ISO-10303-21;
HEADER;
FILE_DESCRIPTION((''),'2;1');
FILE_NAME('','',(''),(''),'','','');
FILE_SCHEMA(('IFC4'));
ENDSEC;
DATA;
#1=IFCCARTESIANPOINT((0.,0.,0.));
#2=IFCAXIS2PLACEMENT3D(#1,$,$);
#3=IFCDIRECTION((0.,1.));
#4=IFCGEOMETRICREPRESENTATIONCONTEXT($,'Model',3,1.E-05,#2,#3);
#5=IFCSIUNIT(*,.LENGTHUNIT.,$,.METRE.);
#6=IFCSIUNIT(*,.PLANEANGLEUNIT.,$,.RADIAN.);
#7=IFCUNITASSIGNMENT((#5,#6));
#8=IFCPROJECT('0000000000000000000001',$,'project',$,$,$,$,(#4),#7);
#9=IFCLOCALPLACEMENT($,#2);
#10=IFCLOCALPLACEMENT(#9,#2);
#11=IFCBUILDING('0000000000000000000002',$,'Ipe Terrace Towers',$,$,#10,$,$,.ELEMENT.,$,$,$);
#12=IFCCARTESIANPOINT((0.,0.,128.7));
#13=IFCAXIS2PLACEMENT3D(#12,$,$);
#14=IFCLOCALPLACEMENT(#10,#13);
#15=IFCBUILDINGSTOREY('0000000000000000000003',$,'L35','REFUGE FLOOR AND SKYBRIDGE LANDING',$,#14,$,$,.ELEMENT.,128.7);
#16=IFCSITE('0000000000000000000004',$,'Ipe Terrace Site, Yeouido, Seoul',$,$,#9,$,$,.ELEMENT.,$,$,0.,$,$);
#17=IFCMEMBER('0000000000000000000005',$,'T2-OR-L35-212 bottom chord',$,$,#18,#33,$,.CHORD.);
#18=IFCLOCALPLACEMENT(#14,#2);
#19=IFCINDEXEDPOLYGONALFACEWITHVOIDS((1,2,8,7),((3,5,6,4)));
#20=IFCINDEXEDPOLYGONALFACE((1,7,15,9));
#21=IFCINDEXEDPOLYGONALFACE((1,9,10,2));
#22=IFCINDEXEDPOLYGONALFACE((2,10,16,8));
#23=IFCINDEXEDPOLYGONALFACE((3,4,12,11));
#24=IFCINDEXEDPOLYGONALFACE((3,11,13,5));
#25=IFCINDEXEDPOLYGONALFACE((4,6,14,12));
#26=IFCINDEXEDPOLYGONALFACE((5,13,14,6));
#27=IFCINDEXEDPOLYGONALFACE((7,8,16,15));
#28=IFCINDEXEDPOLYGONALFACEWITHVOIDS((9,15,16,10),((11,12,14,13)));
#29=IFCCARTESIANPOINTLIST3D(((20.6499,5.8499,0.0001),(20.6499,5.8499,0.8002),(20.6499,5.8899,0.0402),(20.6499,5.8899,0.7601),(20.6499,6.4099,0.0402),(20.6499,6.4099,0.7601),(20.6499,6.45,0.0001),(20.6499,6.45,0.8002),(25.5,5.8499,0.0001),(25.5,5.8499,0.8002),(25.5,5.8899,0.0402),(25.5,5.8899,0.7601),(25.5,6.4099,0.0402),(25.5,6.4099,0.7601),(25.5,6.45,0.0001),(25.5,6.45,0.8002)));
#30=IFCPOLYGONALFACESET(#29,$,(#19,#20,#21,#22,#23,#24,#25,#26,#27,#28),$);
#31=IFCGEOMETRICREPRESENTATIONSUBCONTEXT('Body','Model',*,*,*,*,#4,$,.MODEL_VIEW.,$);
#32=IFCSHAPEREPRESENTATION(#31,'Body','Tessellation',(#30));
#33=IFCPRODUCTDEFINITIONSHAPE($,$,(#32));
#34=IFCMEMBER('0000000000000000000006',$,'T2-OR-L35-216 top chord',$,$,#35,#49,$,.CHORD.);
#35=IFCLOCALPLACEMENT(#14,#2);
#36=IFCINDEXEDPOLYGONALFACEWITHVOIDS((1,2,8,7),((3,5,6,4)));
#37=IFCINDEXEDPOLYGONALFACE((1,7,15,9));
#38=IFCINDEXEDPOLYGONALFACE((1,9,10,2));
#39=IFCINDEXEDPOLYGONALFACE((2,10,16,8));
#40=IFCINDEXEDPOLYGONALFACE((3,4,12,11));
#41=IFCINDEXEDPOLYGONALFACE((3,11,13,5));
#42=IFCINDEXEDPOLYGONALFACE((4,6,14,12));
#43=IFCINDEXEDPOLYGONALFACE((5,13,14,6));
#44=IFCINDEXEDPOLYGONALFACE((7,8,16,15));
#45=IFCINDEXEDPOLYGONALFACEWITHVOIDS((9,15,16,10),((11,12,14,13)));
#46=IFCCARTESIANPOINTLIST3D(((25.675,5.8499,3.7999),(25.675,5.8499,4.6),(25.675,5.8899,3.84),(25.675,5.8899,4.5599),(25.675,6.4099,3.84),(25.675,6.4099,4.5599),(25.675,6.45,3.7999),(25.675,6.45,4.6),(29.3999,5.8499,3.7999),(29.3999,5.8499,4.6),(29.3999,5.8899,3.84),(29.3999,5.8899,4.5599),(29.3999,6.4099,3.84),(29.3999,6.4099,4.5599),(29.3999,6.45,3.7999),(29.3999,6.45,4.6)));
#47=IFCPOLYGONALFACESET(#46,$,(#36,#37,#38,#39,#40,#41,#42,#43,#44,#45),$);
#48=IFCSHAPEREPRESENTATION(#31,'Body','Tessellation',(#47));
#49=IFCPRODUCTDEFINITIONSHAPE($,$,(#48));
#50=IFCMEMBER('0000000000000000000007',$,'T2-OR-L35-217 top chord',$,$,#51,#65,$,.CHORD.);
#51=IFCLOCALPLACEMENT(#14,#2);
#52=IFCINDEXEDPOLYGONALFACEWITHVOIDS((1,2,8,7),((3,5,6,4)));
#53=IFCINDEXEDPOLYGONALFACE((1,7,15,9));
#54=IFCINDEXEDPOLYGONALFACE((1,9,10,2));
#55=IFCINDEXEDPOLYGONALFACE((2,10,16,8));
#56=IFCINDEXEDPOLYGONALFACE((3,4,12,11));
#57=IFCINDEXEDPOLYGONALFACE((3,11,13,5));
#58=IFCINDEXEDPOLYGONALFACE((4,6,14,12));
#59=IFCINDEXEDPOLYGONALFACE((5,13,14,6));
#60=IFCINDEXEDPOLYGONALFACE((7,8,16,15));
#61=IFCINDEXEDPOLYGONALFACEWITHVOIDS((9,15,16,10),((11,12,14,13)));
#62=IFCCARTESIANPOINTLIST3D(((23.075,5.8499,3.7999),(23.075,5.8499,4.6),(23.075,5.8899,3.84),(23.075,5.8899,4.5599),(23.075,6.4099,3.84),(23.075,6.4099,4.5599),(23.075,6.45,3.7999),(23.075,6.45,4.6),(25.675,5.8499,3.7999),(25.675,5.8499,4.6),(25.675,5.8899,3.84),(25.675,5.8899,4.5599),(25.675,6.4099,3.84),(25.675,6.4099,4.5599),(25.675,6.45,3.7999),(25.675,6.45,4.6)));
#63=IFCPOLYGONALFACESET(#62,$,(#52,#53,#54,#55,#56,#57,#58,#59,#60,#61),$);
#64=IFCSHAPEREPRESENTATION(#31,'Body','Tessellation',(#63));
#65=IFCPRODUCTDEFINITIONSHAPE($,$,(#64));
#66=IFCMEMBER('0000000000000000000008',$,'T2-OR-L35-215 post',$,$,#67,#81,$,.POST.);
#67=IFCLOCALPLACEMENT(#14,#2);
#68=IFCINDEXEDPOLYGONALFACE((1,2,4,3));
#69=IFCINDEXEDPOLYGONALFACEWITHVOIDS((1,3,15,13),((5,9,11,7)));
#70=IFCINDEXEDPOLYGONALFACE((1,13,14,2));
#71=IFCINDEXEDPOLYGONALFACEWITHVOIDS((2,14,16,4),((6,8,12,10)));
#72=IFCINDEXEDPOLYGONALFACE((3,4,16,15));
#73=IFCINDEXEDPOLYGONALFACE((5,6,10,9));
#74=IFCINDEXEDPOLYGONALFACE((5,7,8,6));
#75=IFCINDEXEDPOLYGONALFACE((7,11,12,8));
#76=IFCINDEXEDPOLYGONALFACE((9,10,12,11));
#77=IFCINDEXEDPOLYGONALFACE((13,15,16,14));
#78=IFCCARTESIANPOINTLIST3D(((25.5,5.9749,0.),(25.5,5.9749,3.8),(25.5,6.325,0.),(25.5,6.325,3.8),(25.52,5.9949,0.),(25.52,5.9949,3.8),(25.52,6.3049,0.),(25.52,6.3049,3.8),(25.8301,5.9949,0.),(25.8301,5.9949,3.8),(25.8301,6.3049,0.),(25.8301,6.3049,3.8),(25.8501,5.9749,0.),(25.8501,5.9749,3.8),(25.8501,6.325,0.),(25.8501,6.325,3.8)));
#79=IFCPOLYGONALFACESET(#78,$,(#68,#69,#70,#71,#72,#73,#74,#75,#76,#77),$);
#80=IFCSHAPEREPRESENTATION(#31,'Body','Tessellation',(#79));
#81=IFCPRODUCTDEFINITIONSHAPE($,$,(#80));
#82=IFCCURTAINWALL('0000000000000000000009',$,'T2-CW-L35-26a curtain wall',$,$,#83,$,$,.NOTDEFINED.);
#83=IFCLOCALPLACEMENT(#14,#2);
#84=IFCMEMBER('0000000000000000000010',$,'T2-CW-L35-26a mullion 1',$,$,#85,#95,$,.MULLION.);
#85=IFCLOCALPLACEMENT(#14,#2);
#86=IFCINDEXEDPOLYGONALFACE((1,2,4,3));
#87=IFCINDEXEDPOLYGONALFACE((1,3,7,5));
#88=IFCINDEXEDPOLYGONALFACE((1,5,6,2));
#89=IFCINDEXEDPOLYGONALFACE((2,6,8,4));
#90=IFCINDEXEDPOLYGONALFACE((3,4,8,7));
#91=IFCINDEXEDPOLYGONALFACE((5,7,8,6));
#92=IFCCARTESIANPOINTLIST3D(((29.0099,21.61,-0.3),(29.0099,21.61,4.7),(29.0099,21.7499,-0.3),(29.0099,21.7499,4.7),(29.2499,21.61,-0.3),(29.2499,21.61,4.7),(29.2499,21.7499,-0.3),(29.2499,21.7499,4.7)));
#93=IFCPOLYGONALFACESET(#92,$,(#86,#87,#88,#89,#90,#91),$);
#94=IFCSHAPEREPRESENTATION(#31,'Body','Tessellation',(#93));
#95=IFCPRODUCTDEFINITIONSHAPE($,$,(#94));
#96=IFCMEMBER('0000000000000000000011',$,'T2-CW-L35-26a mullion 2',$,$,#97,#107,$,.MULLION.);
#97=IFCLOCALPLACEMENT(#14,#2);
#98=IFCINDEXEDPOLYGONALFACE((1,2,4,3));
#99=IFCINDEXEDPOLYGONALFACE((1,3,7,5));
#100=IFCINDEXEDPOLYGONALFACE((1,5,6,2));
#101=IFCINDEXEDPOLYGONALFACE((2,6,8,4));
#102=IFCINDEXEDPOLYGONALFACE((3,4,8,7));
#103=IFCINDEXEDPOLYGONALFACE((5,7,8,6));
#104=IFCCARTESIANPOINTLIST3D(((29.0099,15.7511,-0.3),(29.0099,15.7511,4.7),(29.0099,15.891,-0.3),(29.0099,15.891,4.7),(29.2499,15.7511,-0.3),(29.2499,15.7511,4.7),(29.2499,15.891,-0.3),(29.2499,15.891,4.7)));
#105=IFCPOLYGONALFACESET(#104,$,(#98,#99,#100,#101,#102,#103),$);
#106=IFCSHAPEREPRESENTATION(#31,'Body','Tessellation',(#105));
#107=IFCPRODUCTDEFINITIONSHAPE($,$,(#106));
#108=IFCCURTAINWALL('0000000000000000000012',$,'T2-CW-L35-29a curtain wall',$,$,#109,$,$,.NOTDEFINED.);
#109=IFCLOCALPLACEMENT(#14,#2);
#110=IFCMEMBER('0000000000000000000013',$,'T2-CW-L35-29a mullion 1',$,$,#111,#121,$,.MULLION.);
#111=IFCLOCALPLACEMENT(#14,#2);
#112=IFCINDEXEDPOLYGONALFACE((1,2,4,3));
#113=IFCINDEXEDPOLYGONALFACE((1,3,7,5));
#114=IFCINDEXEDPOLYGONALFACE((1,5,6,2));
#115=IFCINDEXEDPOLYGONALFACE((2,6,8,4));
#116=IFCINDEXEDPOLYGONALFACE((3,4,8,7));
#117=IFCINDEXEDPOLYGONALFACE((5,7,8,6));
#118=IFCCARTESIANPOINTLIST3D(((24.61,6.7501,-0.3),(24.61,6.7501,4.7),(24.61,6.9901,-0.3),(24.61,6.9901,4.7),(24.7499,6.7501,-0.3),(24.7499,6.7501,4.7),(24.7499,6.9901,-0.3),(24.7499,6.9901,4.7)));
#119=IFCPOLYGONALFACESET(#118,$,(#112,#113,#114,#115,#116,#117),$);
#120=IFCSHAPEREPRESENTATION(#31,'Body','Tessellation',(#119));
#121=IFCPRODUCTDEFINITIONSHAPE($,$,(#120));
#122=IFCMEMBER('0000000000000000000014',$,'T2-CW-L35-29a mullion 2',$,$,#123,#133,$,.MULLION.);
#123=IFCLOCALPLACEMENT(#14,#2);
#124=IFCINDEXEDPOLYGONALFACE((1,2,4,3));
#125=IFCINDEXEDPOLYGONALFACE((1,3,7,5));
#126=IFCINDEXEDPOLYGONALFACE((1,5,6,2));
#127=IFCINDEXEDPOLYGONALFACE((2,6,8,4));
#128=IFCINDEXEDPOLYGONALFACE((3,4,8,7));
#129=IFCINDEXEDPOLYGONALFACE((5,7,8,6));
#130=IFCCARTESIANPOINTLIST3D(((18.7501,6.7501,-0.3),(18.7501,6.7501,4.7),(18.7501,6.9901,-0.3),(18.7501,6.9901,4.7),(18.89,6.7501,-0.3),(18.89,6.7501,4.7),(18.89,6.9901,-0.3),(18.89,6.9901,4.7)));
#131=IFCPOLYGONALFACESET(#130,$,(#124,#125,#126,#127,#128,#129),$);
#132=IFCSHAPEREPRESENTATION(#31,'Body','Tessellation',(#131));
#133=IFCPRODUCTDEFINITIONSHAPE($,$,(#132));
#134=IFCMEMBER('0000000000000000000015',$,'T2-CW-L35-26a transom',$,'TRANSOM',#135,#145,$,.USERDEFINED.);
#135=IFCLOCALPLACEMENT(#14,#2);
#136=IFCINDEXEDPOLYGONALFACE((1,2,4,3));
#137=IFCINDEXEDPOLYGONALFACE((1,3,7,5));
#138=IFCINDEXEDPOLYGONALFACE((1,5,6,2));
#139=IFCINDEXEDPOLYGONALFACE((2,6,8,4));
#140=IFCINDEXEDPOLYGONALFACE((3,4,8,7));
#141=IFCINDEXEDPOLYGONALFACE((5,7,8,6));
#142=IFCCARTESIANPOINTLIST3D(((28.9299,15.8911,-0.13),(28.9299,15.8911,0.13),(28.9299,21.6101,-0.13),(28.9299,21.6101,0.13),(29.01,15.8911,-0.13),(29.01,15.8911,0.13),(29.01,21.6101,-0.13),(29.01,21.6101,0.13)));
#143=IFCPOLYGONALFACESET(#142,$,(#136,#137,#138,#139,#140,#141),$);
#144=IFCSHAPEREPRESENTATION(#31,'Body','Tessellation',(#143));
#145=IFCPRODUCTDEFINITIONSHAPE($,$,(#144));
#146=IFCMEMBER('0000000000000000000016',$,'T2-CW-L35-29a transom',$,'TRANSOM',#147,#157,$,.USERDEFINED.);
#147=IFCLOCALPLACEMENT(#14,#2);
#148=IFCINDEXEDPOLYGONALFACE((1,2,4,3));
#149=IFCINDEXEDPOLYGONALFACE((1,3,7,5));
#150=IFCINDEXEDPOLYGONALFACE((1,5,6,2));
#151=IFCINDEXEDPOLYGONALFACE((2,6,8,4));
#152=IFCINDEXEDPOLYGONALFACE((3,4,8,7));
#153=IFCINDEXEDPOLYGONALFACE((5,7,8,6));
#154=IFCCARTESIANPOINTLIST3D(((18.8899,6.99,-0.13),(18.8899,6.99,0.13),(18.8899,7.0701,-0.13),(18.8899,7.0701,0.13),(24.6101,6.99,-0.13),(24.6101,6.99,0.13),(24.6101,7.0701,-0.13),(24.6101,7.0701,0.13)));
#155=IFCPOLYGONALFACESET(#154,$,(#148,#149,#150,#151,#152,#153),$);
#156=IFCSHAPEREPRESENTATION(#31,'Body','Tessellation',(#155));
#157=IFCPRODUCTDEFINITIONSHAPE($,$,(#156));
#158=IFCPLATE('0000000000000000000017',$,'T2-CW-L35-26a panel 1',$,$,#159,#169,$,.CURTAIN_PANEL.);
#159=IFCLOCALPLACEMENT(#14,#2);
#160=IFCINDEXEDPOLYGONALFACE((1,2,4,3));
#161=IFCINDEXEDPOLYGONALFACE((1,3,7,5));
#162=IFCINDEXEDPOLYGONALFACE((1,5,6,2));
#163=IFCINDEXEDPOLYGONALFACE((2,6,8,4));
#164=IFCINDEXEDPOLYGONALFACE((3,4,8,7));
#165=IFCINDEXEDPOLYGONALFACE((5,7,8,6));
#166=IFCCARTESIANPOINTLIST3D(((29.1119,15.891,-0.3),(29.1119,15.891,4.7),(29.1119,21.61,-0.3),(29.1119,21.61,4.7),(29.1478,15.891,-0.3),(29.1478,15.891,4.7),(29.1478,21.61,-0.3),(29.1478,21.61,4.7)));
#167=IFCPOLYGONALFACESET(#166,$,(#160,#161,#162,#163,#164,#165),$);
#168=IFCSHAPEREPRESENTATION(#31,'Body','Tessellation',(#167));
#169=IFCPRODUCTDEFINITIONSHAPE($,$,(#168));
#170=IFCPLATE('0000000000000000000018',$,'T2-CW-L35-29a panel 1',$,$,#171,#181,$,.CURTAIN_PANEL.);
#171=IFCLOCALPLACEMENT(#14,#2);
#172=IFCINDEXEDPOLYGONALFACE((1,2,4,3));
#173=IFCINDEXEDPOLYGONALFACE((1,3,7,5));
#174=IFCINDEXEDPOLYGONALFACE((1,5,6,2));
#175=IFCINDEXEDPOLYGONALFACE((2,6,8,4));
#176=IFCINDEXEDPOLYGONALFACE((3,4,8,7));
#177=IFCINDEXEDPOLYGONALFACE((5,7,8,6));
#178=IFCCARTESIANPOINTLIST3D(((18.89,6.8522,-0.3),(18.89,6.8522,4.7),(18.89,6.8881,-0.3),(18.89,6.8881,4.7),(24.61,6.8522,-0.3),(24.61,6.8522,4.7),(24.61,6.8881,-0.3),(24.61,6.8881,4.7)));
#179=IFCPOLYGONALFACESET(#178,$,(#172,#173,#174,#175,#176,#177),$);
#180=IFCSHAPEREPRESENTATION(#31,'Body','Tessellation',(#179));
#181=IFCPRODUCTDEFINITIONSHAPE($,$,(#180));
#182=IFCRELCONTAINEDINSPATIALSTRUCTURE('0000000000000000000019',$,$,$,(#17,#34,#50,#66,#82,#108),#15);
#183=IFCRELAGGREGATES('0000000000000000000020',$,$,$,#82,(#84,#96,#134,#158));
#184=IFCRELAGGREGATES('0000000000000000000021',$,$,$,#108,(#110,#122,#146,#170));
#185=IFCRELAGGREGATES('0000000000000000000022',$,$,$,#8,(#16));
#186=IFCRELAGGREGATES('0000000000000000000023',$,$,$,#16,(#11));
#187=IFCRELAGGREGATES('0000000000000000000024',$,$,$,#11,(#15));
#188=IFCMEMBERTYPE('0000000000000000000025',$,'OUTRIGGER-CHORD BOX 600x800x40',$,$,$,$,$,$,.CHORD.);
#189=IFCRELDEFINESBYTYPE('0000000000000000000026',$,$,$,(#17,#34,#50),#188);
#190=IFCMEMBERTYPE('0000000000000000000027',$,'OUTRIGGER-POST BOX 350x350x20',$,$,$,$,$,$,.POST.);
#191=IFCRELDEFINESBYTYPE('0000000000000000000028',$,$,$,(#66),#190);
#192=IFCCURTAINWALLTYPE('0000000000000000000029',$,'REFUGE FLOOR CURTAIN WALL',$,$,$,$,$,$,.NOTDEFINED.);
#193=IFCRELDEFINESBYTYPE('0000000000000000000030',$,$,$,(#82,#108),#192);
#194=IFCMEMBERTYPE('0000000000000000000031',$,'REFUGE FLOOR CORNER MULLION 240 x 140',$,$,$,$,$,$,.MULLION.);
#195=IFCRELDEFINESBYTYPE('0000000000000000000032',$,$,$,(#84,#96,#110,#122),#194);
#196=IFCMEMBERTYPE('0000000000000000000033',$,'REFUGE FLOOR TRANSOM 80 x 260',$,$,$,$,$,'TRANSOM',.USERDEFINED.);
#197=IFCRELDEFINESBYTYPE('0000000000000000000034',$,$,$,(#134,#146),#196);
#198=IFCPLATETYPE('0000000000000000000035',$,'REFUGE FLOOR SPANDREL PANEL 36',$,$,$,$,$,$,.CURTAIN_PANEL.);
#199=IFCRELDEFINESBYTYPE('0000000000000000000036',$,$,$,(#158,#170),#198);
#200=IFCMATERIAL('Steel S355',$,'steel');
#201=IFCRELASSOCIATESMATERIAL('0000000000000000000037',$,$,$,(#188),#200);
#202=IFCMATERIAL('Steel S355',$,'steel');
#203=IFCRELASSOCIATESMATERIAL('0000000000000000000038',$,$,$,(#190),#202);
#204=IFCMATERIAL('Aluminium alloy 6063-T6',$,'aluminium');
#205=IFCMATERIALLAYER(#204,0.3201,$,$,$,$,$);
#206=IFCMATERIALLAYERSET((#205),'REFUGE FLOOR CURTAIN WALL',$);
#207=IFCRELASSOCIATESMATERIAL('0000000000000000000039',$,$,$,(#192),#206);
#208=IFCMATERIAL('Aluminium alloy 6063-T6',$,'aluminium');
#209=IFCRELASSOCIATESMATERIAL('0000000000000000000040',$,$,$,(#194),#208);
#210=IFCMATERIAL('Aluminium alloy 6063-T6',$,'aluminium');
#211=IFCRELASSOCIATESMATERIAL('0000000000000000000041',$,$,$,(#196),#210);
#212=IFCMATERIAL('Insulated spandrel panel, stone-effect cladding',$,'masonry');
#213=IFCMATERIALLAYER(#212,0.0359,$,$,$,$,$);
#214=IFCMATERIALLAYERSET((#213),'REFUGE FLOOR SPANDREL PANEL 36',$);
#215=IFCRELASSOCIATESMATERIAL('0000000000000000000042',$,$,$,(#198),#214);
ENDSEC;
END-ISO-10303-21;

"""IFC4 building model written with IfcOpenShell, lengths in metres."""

from ifc_helpers import new_model, si_unit, direction, frame, origin, origin_2d, place, context, subcontext, project, spatial, rectangle, hollow_rectangle, extrude, material, layer, layer_set, material_profile, profile_set, type_object, element, aggregate, save


model = new_model("IFC4")

# Units and contexts
model_context = context("Model", 3, precision=1e-05, world=origin(), true_north=direction((0.0, 1.0)))
body_context = subcontext(model_context, "Body", "Model", "MODEL_VIEW")
ifc_project = project(units=[si_unit("LENGTHUNIT", "METRE"), si_unit("PLANEANGLEUNIT", "RADIAN")], contexts=[model_context])

# Site, building, storey
site_placement = place(None, origin())
site = spatial("IfcSite", under=ifc_project, at=site_placement, Name="Ipe Terrace Site, Yeouido, Seoul", CompositionType="ELEMENT", RefElevation=0.0)
building_placement = place(site_placement, origin())
building = spatial("IfcBuilding", under=site, at=building_placement, Name="Ipe Terrace Towers", CompositionType="ELEMENT")
storey_placement = place(building_placement, frame((0.0, 0.0, 128.7)))
storey = spatial("IfcBuildingStorey", under=building, at=storey_placement, Name="L35", Description="REFUGE FLOOR AND SKYBRIDGE LANDING", CompositionType="ELEMENT", Elevation=128.7)

# Members
ifc_material_1 = material(Name="Steel S355", Category="steel")
ifc_material_profile_1 = material_profile(ifc_material_1, hollow_rectangle(XDim=0.6001, YDim=0.8, WallThickness=0.04, at=origin_2d()), Name="OUTRIGGER-CHORD BOX 600x800x40")
ifc_profile_set_1 = profile_set([ifc_material_profile_1], Name="Steel S355")
member_type_1 = type_object("IfcMemberType", Name="OUTRIGGER-CHORD BOX 600x800x40", PredefinedType="CHORD", material=ifc_profile_set_1)
member_1_placement = place(storey_placement, frame((25.5, 6.1499, 0.4001), z_axis=(-1.0, 0.0, 0.0), x_axis=(0.0, -1.0, 0.0)))
element("IfcMember", 1, at=member_1_placement, inside=storey, type_object=member_type_1, Name="T2-OR-L35-212 bottom chord", PredefinedType="CHORD", context=body_context, shape_type="SweptSolid", body=[
    extrude(hollow_rectangle(XDim=0.6001, YDim=0.8, WallThickness=0.04, at=origin_2d()), origin(), (0.0, 0.0, 1.0), 4.8501),
])
member_2_placement = place(storey_placement, frame((29.3999, 6.1499, 4.2), z_axis=(-1.0, 0.0, 0.0), x_axis=(0.0, -1.0, 0.0)))
element("IfcMember", 2, at=member_2_placement, inside=storey, type_object=member_type_1, Name="T2-OR-L35-216 top chord", PredefinedType="CHORD", context=body_context, shape_type="SweptSolid", body=[
    extrude(hollow_rectangle(XDim=0.6001, YDim=0.8, WallThickness=0.04, at=origin_2d()), origin(), (0.0, 0.0, 1.0), 3.7249),
])
member_3_placement = place(storey_placement, frame((25.675, 6.1499, 4.2), z_axis=(-1.0, 0.0, 0.0), x_axis=(0.0, -1.0, 0.0)))
element("IfcMember", 3, at=member_3_placement, inside=storey, type_object=member_type_1, Name="T2-OR-L35-217 top chord", PredefinedType="CHORD", context=body_context, shape_type="SweptSolid", body=[
    extrude(hollow_rectangle(XDim=0.6001, YDim=0.8, WallThickness=0.04, at=origin_2d()), origin(), (0.0, 0.0, 1.0), 2.6001),
])
ifc_material_2 = material(Name="Steel S355", Category="steel")
ifc_material_profile_2 = material_profile(ifc_material_2, hollow_rectangle(XDim=0.3501, YDim=0.3501, WallThickness=0.02, at=origin_2d()), Name="OUTRIGGER-POST BOX 350x350x20")
ifc_profile_set_2 = profile_set([ifc_material_profile_2], Name="Steel S355")
member_type_2 = type_object("IfcMemberType", Name="OUTRIGGER-POST BOX 350x350x20", PredefinedType="POST", material=ifc_profile_set_2)
member_4_placement = place(storey_placement, frame((25.675, 6.1499, 0.0), z_axis=(0.0, 0.0, 1.0), x_axis=(1.0, 0.0, 0.0)))
element("IfcMember", 4, at=member_4_placement, inside=storey, type_object=member_type_2, Name="T2-OR-L35-215 post", PredefinedType="POST", context=body_context, shape_type="SweptSolid", body=[
    extrude(hollow_rectangle(XDim=0.3501, YDim=0.3501, WallThickness=0.02, at=origin_2d()), origin(), (0.0, 0.0, 1.0), 3.8),
])

# Curtain walls, members
ifc_material_3 = material(Name="Aluminium alloy 6063-T6", Category="aluminium")
ifc_layer_1 = layer(ifc_material_3, 0.3201)
ifc_layer_set_1 = layer_set([ifc_layer_1], Name="REFUGE FLOOR CURTAIN WALL")
curtain_wall_type = type_object("IfcCurtainWallType", Name="REFUGE FLOOR CURTAIN WALL", PredefinedType="NOTDEFINED", material=ifc_layer_set_1)
curtain_wall_1_placement = place(storey_placement, origin())
curtain_wall_1 = element("IfcCurtainWall", 5, at=curtain_wall_1_placement, inside=storey, type_object=curtain_wall_type, Name="T2-CW-L35-26a curtain wall", PredefinedType="NOTDEFINED")
ifc_material_4 = material(Name="Aluminium alloy 6063-T6", Category="aluminium")
ifc_material_profile_3 = material_profile(ifc_material_4, rectangle(XDim=0.24, YDim=0.1399, at=origin_2d()), Name="REFUGE FLOOR CORNER MULLION 240 x 140")
ifc_profile_set_3 = profile_set([ifc_material_profile_3], Name="Aluminium alloy 6063-T6")
member_type_3 = type_object("IfcMemberType", Name="REFUGE FLOOR CORNER MULLION 240 x 140", PredefinedType="MULLION", material=ifc_profile_set_3)
member_5_placement = place(storey_placement, frame((29.1299, 21.6799, -0.3), z_axis=(0.0, 0.0, 1.0), x_axis=(-1.0, 0.0, 0.0)))
member_5 = element("IfcMember", 6, at=member_5_placement, type_object=member_type_3, Name="T2-CW-L35-26a mullion 1", PredefinedType="MULLION", context=body_context, shape_type="SweptSolid", body=[
    extrude(rectangle(XDim=0.24, YDim=0.1399, at=origin_2d()), origin(), (0.0, 0.0, 1.0), 5.0),
])
member_6_placement = place(storey_placement, frame((29.1299, 15.821, -0.3), z_axis=(0.0, 0.0, 1.0), x_axis=(-1.0, 0.0, 0.0)))
member_6 = element("IfcMember", 7, at=member_6_placement, type_object=member_type_3, Name="T2-CW-L35-26a mullion 2", PredefinedType="MULLION", context=body_context, shape_type="SweptSolid", body=[
    extrude(rectangle(XDim=0.24, YDim=0.1399, at=origin_2d()), origin(), (0.0, 0.0, 1.0), 5.0),
])
curtain_wall_2_placement = place(storey_placement, origin())
curtain_wall_2 = element("IfcCurtainWall", 8, at=curtain_wall_2_placement, inside=storey, type_object=curtain_wall_type, Name="T2-CW-L35-29a curtain wall", PredefinedType="NOTDEFINED")
member_7_placement = place(storey_placement, frame((24.6799, 6.8701, -0.3), z_axis=(0.0, 0.0, 1.0), x_axis=(0.0, 1.0, 0.0)))
member_7 = element("IfcMember", 9, at=member_7_placement, type_object=member_type_3, Name="T2-CW-L35-29a mullion 1", PredefinedType="MULLION", context=body_context, shape_type="SweptSolid", body=[
    extrude(rectangle(XDim=0.24, YDim=0.1399, at=origin_2d()), origin(), (0.0, 0.0, 1.0), 5.0),
])
member_8_placement = place(storey_placement, frame((18.8201, 6.8701, -0.3), z_axis=(0.0, 0.0, 1.0), x_axis=(0.0, 1.0, 0.0)))
member_8 = element("IfcMember", 10, at=member_8_placement, type_object=member_type_3, Name="T2-CW-L35-29a mullion 2", PredefinedType="MULLION", context=body_context, shape_type="SweptSolid", body=[
    extrude(rectangle(XDim=0.24, YDim=0.1399, at=origin_2d()), origin(), (0.0, 0.0, 1.0), 5.0),
])

# Members
ifc_material_5 = material(Name="Aluminium alloy 6063-T6", Category="aluminium")
ifc_material_profile_4 = material_profile(ifc_material_5, rectangle(XDim=0.0801, YDim=0.26, at=origin_2d()), Name="REFUGE FLOOR TRANSOM 80 x 260")
ifc_profile_set_4 = profile_set([ifc_material_profile_4], Name="Aluminium alloy 6063-T6")
member_type_4 = type_object("IfcMemberType", Name="REFUGE FLOOR TRANSOM 80 x 260", ElementType="TRANSOM", PredefinedType="USERDEFINED", material=ifc_profile_set_4)
member_9_placement = place(storey_placement, frame((28.97, 21.6101, 0.0), z_axis=(0.0, -1.0, 0.0), x_axis=(-1.0, 0.0, 0.0)))
member_9 = element("IfcMember", 11, at=member_9_placement, type_object=member_type_4, Name="T2-CW-L35-26a transom", ObjectType="TRANSOM", PredefinedType="USERDEFINED", context=body_context, shape_type="SweptSolid", body=[
    extrude(rectangle(XDim=0.0801, YDim=0.26, at=origin_2d()), origin(), (0.0, 0.0, 1.0), 5.719),
])
member_10_placement = place(storey_placement, frame((24.6101, 7.03, 0.0), z_axis=(-1.0, 0.0, 0.0), x_axis=(0.0, 1.0, 0.0)))
member_10 = element("IfcMember", 12, at=member_10_placement, type_object=member_type_4, Name="T2-CW-L35-29a transom", ObjectType="TRANSOM", PredefinedType="USERDEFINED", context=body_context, shape_type="SweptSolid", body=[
    extrude(rectangle(XDim=0.0801, YDim=0.26, at=origin_2d()), origin(), (0.0, 0.0, 1.0), 5.7202),
])

# Plates
ifc_material_6 = material(Name="Insulated spandrel panel, stone-effect cladding", Category="masonry")
ifc_layer_2 = layer(ifc_material_6, 0.0359)
ifc_layer_set_2 = layer_set([ifc_layer_2], Name="REFUGE FLOOR SPANDREL PANEL 36")
plate_type = type_object("IfcPlateType", Name="REFUGE FLOOR SPANDREL PANEL 36", PredefinedType="CURTAIN_PANEL", material=ifc_layer_set_2)
plate_1_placement = place(storey_placement, frame((29.1299, 18.7505, -0.3), z_axis=(0.0, 0.0, 1.0), x_axis=(0.0, -1.0, 0.0)))
plate_1 = element("IfcPlate", 13, at=plate_1_placement, type_object=plate_type, Name="T2-CW-L35-26a panel 1", PredefinedType="CURTAIN_PANEL", context=body_context, shape_type="SweptSolid", body=[
    extrude(rectangle(XDim=5.719, YDim=0.0359, at=origin_2d()), origin(), (0.0, 0.0, 1.0), 5.0),
])
aggregate(curtain_wall_1, [member_5, member_6, member_9, plate_1])
plate_2_placement = place(storey_placement, frame((21.75, 6.8701, -0.3), z_axis=(0.0, 0.0, 1.0), x_axis=(-1.0, 0.0, 0.0)))
plate_2 = element("IfcPlate", 14, at=plate_2_placement, type_object=plate_type, Name="T2-CW-L35-29a panel 1", PredefinedType="CURTAIN_PANEL", context=body_context, shape_type="SweptSolid", body=[
    extrude(rectangle(XDim=5.72, YDim=0.0359, at=origin_2d()), origin(), (0.0, 0.0, 1.0), 5.0),
])
aggregate(curtain_wall_2, [member_7, member_8, member_10, plate_2])

save(model, "model.ifc")
